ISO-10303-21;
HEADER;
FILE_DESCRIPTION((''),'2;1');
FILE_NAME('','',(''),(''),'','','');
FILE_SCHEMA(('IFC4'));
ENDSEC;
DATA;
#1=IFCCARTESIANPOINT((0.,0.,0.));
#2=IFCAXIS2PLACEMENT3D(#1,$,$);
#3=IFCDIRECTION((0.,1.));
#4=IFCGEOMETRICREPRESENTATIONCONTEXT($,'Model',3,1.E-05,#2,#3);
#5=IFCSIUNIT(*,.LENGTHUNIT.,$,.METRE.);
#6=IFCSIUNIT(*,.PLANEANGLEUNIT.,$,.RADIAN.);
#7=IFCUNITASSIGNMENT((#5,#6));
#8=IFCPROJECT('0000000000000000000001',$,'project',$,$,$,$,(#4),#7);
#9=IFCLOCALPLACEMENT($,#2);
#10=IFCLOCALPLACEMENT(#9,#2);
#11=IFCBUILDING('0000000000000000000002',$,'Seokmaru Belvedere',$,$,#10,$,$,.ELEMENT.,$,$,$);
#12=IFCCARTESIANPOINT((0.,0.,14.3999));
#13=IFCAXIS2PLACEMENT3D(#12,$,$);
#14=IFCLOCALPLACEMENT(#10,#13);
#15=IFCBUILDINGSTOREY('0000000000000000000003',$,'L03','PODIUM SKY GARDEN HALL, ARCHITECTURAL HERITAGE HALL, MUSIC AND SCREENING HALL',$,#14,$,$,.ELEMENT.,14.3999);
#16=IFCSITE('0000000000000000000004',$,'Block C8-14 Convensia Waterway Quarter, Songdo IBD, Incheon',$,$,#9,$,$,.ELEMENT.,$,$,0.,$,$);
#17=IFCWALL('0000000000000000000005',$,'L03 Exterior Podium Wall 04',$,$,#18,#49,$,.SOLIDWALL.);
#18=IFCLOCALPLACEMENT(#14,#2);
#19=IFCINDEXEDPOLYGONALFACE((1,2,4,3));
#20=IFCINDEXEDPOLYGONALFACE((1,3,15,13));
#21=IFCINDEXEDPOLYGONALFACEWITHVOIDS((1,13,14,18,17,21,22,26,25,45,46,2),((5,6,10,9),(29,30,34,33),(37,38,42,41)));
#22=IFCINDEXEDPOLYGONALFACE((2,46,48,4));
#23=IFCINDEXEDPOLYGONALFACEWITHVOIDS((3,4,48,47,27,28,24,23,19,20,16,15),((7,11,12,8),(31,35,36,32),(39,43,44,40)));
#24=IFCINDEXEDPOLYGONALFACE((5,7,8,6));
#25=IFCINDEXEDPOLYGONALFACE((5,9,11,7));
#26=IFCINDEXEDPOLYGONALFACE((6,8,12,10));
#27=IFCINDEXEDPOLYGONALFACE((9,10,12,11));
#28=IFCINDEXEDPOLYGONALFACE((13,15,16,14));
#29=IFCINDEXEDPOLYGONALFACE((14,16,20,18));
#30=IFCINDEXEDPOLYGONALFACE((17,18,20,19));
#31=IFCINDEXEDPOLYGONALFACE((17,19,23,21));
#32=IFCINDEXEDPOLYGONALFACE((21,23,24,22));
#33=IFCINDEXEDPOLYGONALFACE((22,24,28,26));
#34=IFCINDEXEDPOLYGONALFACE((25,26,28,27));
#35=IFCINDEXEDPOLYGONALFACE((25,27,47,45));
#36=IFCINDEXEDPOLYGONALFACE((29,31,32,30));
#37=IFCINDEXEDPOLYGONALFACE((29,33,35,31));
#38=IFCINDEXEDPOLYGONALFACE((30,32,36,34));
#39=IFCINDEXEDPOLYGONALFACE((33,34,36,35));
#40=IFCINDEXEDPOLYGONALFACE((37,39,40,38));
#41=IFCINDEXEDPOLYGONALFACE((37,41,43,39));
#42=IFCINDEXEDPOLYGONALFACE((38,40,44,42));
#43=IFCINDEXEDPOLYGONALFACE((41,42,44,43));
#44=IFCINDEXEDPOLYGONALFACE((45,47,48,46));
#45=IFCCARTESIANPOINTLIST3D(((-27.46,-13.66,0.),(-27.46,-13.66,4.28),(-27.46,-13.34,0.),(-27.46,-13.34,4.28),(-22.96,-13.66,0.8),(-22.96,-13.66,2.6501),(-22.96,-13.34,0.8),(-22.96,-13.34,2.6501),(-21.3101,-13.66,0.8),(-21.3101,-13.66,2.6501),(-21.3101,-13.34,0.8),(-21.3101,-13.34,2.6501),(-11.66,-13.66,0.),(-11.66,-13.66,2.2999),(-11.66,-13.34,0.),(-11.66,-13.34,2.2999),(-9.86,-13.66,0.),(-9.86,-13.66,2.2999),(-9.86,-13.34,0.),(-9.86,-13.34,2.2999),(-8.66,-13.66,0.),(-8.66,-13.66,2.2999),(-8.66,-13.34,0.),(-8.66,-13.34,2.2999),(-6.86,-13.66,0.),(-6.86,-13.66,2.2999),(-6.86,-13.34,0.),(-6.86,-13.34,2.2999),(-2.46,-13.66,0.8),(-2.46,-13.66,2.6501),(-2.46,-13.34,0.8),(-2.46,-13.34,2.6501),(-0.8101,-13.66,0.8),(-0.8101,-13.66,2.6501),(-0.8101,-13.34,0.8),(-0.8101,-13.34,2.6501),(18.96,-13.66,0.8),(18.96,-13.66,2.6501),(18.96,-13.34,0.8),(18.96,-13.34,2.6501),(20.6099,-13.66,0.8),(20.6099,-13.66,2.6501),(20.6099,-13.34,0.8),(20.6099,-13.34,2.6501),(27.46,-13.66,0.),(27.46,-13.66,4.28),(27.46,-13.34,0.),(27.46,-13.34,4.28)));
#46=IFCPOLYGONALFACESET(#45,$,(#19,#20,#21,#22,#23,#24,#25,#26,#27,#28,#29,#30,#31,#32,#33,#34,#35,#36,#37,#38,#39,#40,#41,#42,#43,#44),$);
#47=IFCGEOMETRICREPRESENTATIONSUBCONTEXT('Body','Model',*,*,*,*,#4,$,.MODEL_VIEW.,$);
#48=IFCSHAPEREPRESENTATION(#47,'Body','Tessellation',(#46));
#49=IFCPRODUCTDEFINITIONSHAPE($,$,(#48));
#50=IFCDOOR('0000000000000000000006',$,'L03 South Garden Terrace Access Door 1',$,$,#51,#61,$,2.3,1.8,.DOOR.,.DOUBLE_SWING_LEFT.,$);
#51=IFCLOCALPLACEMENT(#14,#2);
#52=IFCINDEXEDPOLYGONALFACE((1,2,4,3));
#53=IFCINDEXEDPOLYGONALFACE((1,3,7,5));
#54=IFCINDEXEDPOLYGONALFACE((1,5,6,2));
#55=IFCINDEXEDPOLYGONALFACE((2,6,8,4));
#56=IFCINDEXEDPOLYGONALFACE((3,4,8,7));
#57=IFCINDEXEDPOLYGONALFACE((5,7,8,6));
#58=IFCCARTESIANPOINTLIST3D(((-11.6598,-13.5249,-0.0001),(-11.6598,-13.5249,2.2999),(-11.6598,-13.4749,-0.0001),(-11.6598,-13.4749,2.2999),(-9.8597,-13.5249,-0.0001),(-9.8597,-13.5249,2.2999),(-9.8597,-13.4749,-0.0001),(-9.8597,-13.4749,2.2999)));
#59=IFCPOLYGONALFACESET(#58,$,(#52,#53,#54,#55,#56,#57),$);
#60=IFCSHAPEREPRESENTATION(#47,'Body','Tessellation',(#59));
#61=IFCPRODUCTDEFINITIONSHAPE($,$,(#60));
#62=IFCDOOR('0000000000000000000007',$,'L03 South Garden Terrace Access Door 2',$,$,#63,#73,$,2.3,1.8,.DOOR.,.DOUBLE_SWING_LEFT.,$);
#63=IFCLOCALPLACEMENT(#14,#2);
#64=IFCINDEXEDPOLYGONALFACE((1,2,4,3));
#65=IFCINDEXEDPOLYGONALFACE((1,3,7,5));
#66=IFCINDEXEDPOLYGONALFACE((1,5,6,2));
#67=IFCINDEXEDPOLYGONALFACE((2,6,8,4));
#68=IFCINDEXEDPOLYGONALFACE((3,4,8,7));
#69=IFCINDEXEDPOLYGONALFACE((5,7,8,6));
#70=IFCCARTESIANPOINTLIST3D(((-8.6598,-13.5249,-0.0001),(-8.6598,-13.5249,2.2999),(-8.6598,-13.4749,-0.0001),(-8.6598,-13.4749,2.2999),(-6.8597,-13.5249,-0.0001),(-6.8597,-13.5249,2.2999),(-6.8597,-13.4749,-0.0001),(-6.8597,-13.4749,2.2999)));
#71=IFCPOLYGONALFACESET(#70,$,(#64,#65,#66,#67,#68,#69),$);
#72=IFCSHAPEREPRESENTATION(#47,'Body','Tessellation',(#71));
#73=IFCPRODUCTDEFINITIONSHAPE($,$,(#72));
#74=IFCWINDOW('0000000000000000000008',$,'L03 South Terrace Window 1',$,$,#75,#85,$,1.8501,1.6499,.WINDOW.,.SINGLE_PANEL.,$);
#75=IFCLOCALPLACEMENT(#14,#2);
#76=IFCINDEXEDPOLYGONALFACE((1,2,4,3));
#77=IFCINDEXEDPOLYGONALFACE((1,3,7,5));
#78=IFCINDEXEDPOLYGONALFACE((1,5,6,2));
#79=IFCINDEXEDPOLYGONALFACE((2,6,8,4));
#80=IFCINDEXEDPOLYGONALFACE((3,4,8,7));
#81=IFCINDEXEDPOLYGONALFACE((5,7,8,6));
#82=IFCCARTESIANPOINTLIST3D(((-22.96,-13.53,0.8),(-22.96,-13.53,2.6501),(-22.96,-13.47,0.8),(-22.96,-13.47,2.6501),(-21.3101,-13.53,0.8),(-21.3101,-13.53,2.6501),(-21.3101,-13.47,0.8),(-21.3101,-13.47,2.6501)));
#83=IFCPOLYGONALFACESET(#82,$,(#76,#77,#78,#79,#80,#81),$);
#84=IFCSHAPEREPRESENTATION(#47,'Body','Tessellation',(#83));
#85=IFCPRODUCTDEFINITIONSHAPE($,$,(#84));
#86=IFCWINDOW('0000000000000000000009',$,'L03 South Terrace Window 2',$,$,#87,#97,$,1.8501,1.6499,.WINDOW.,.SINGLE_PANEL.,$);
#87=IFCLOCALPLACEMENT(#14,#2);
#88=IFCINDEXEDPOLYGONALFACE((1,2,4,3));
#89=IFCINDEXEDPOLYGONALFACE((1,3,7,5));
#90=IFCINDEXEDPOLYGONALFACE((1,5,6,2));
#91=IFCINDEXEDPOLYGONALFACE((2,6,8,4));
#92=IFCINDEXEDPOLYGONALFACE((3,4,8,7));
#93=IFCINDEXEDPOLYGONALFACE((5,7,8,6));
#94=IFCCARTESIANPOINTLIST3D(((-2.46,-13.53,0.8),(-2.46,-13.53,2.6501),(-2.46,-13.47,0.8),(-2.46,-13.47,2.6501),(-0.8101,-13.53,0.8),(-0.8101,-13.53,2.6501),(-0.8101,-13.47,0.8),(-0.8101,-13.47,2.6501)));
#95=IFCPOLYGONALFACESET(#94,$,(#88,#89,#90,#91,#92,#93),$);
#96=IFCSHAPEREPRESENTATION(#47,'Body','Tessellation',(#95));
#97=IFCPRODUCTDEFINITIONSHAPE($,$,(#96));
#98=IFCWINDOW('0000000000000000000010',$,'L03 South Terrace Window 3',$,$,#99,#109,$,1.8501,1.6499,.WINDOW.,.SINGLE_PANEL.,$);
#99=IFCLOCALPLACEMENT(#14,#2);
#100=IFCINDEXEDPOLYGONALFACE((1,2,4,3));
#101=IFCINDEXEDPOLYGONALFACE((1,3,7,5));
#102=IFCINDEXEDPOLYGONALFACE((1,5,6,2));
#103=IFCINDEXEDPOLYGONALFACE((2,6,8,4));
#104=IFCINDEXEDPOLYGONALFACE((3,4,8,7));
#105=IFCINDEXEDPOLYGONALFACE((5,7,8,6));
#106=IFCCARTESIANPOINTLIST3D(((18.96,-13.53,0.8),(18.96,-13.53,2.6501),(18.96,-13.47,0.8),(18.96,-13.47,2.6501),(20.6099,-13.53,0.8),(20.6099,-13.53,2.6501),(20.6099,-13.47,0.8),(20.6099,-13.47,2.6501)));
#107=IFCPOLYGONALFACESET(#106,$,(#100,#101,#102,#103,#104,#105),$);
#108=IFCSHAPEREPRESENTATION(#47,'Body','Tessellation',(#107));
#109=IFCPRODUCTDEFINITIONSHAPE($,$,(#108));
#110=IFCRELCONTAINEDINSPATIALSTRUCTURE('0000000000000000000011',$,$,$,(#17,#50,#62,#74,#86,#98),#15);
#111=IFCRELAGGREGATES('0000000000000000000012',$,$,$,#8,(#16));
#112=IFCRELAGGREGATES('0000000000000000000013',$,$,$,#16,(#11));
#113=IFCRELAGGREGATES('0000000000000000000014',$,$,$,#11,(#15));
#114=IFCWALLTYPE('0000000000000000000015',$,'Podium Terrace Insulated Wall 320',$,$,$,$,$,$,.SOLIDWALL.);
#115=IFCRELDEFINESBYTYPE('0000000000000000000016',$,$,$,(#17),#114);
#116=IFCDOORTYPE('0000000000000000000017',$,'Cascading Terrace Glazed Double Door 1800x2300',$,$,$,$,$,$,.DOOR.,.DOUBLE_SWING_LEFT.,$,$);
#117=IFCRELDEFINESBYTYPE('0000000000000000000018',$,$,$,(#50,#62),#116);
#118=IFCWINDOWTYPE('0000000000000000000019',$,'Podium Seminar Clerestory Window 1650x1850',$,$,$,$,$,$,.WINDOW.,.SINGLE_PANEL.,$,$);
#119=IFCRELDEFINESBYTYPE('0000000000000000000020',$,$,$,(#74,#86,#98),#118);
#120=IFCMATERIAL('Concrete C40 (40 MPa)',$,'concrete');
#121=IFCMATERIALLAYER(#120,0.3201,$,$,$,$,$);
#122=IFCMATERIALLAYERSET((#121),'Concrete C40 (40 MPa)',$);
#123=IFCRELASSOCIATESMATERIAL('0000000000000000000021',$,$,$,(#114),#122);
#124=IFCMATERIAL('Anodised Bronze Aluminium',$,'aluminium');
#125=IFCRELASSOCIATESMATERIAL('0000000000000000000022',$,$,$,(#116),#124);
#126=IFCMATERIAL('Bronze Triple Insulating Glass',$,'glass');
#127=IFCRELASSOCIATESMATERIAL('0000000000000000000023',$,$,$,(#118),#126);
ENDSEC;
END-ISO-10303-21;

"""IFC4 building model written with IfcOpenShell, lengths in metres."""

from ifc_helpers import new_model, si_unit, direction, frame, frame_2d, origin, place, context, subcontext, project, spatial, rectangle, extrude, source, transform, mapped, material, layer, layer_set, type_object, type_shapes, element, fill, save


model = new_model("IFC4")

# Units and contexts
model_context = context("Model", 3, precision=1e-05, world=origin(), true_north=direction((0.0, 1.0)))
body_context = subcontext(model_context, "Body", "Model", "MODEL_VIEW")
ifc_project = project(units=[si_unit("LENGTHUNIT", "METRE"), si_unit("PLANEANGLEUNIT", "RADIAN")], contexts=[model_context])

# Site, building, storey
site_placement = place(None, origin())
site = spatial("IfcSite", under=ifc_project, at=site_placement, Name="Block C8-14 Convensia Waterway Quarter, Songdo IBD, Incheon", CompositionType="ELEMENT", RefElevation=0.0)
building_placement = place(site_placement, origin())
building = spatial("IfcBuilding", under=site, at=building_placement, Name="Seokmaru Belvedere", CompositionType="ELEMENT")
storey_placement = place(building_placement, frame((0.0, 0.0, 14.3999)))
storey = spatial("IfcBuildingStorey", under=building, at=storey_placement, Name="L03", Description="PODIUM SKY GARDEN HALL, ARCHITECTURAL HERITAGE HALL, MUSIC AND SCREENING HALL", CompositionType="ELEMENT", Elevation=14.3999)

# Shared definitions
ifc_material_1 = material(Name="Concrete C40 (40 MPa)", Category="concrete")
ifc_layer_1 = layer(ifc_material_1, 0.3201)
ifc_layer_set_1 = layer_set([ifc_layer_1], Name="Concrete C40 (40 MPa)")
wall_type_1 = type_object("IfcWallType", Name="Podium Terrace Insulated Wall 320", PredefinedType="SOLIDWALL", material=ifc_layer_set_1)

# Wall, openings, doors, windows
wall_1_placement = place(storey_placement, frame((-27.46, -13.5, 0.0), z_axis=(0.0, 0.0, 1.0), x_axis=(1.0, 0.0, 0.0)))
wall_1 = element("IfcWall", 1, at=wall_1_placement, inside=storey, type_object=wall_type_1, Name="L03 Exterior Podium Wall 04", PredefinedType="SOLIDWALL", context=body_context, shape_type="SweptSolid", body=[
    extrude(rectangle(XDim=54.9199, YDim=0.3201, at=frame_2d((27.46, 0.0))), origin(), (0.0, 0.0, 1.0), 4.28),
])
opening_1_placement = place(wall_1_placement, frame((15.8, 0.0, 0.0)))
opening_1 = element("IfcOpeningElement", 2, at=opening_1_placement, cuts=wall_1, PredefinedType="OPENING", context=body_context, shape_type="SweptSolid", body=[
    extrude(rectangle(XDim=1.8, YDim=2.3, at=frame_2d((0.8999, 1.1499))), frame((0.0, 0.1699, 0.0), z_axis=(0.0, -1.0, 0.0), x_axis=(1.0, 0.0, 0.0)), (0.0, 0.0, 1.0), 0.3401),
])
opening_2_placement = place(wall_1_placement, frame((18.8, 0.0, 0.0)))
opening_2 = element("IfcOpeningElement", 3, at=opening_2_placement, cuts=wall_1, PredefinedType="OPENING", context=body_context, shape_type="SweptSolid", body=[
    extrude(rectangle(XDim=1.8, YDim=2.3, at=frame_2d((0.8999, 1.1499))), frame((0.0, 0.1699, 0.0), z_axis=(0.0, -1.0, 0.0), x_axis=(1.0, 0.0, 0.0)), (0.0, 0.0, 1.0), 0.3401),
])
opening_3_placement = place(wall_1_placement, frame((4.5, 0.0, 0.8)))
opening_3 = element("IfcOpeningElement", 4, at=opening_3_placement, cuts=wall_1, PredefinedType="OPENING", context=body_context, shape_type="SweptSolid", body=[
    extrude(rectangle(XDim=1.6499, YDim=1.8501, at=frame_2d((0.825, 0.925))), frame((0.0, 0.1699, 0.0), z_axis=(0.0, -1.0, 0.0), x_axis=(1.0, 0.0, 0.0)), (0.0, 0.0, 1.0), 0.3401),
])
opening_4_placement = place(wall_1_placement, frame((25.0, 0.0, 0.8)))
opening_4 = element("IfcOpeningElement", 5, at=opening_4_placement, cuts=wall_1, PredefinedType="OPENING", context=body_context, shape_type="SweptSolid", body=[
    extrude(rectangle(XDim=1.6499, YDim=1.8501, at=frame_2d((0.825, 0.925))), frame((0.0, 0.1699, 0.0), z_axis=(0.0, -1.0, 0.0), x_axis=(1.0, 0.0, 0.0)), (0.0, 0.0, 1.0), 0.3401),
])
opening_5_placement = place(wall_1_placement, frame((46.4199, 0.0, 0.8)))
opening_5 = element("IfcOpeningElement", 6, at=opening_5_placement, cuts=wall_1, PredefinedType="OPENING", context=body_context, shape_type="SweptSolid", body=[
    extrude(rectangle(XDim=1.6499, YDim=1.8501, at=frame_2d((0.825, 0.925))), frame((0.0, 0.1699, 0.0), z_axis=(0.0, -1.0, 0.0), x_axis=(1.0, 0.0, 0.0)), (0.0, 0.0, 1.0), 0.3401),
])
ifc_material_2 = material(Name="Anodised Bronze Aluminium", Category="aluminium")
door_type_1 = type_object("IfcDoorType", Name="Cascading Terrace Glazed Double Door 1800x2300", OperationType="DOUBLE_SWING_LEFT", PredefinedType="DOOR", material=ifc_material_2)
shared_shape_1 = source(origin(), body_context, "Body", "SweptSolid", [
    extrude(rectangle(XDim=1.8, YDim=2.3, at=frame_2d((0.8999, 1.1499))), frame((0.0, 0.0249, 0.0), z_axis=(0.0, -1.0, 0.0), x_axis=(1.0, 0.0, 0.0)), (0.0, 0.0, 1.0), 0.05),
])
type_shapes(door_type_1, [shared_shape_1])
door_1_placement = place(opening_1_placement, frame((1.8, 0.0, 0.0), z_axis=(0.0, 0.0, 1.0), x_axis=(-1.0, 0.0, 0.0)))
door_1 = element("IfcDoor", 7, at=door_1_placement, inside=storey, type_object=door_type_1, Name="L03 South Garden Terrace Access Door 1", OperationType="DOUBLE_SWING_LEFT", OverallHeight=2.3, OverallWidth=1.8, PredefinedType="DOOR", context=body_context, shape_type="MappedRepresentation", body=[
    mapped(shared_shape_1, transform((0.0, 0.0, 0.0), scale=1.0)),
])
fill(opening_1, door_1)
door_2_placement = place(opening_2_placement, frame((1.8, 0.0, 0.0), z_axis=(0.0, 0.0, 1.0), x_axis=(-1.0, 0.0, 0.0)))
door_2 = element("IfcDoor", 8, at=door_2_placement, inside=storey, type_object=door_type_1, Name="L03 South Garden Terrace Access Door 2", OperationType="DOUBLE_SWING_LEFT", OverallHeight=2.3, OverallWidth=1.8, PredefinedType="DOOR", context=body_context, shape_type="MappedRepresentation", body=[
    mapped(shared_shape_1, transform((0.0, 0.0, 0.0), scale=1.0)),
])
fill(opening_2, door_2)
ifc_material_3 = material(Name="Bronze Triple Insulating Glass", Category="glass")
window_type = type_object("IfcWindowType", Name="Podium Seminar Clerestory Window 1650x1850", PartitioningType="SINGLE_PANEL", PredefinedType="WINDOW", material=ifc_material_3)
shared_shape_2 = source(origin(), body_context, "Body", "SweptSolid", [
    extrude(rectangle(XDim=1.6499, YDim=1.8501, at=frame_2d((0.825, 0.925))), frame((0.0, 0.03, 0.0), z_axis=(0.0, -1.0, 0.0), x_axis=(1.0, 0.0, 0.0)), (0.0, 0.0, 1.0), 0.0601),
])
type_shapes(window_type, [shared_shape_2])
window_1_placement = place(opening_3_placement, origin())
window_1 = element("IfcWindow", 9, at=window_1_placement, inside=storey, type_object=window_type, Name="L03 South Terrace Window 1", OverallHeight=1.8501, OverallWidth=1.6499, PartitioningType="SINGLE_PANEL", PredefinedType="WINDOW", context=body_context, shape_type="MappedRepresentation", body=[
    mapped(shared_shape_2, transform((0.0, 0.0, 0.0), scale=1.0)),
])
fill(opening_3, window_1)
window_2_placement = place(opening_4_placement, origin())
window_2 = element("IfcWindow", 10, at=window_2_placement, inside=storey, type_object=window_type, Name="L03 South Terrace Window 2", OverallHeight=1.8501, OverallWidth=1.6499, PartitioningType="SINGLE_PANEL", PredefinedType="WINDOW", context=body_context, shape_type="MappedRepresentation", body=[
    mapped(shared_shape_2, transform((0.0, 0.0, 0.0), scale=1.0)),
])
fill(opening_4, window_2)
window_3_placement = place(opening_5_placement, origin())
window_3 = element("IfcWindow", 11, at=window_3_placement, inside=storey, type_object=window_type, Name="L03 South Terrace Window 3", OverallHeight=1.8501, OverallWidth=1.6499, PartitioningType="SINGLE_PANEL", PredefinedType="WINDOW", context=body_context, shape_type="MappedRepresentation", body=[
    mapped(shared_shape_2, transform((0.0, 0.0, 0.0), scale=1.0)),
])
fill(opening_5, window_3)

save(model, "model.ifc")
